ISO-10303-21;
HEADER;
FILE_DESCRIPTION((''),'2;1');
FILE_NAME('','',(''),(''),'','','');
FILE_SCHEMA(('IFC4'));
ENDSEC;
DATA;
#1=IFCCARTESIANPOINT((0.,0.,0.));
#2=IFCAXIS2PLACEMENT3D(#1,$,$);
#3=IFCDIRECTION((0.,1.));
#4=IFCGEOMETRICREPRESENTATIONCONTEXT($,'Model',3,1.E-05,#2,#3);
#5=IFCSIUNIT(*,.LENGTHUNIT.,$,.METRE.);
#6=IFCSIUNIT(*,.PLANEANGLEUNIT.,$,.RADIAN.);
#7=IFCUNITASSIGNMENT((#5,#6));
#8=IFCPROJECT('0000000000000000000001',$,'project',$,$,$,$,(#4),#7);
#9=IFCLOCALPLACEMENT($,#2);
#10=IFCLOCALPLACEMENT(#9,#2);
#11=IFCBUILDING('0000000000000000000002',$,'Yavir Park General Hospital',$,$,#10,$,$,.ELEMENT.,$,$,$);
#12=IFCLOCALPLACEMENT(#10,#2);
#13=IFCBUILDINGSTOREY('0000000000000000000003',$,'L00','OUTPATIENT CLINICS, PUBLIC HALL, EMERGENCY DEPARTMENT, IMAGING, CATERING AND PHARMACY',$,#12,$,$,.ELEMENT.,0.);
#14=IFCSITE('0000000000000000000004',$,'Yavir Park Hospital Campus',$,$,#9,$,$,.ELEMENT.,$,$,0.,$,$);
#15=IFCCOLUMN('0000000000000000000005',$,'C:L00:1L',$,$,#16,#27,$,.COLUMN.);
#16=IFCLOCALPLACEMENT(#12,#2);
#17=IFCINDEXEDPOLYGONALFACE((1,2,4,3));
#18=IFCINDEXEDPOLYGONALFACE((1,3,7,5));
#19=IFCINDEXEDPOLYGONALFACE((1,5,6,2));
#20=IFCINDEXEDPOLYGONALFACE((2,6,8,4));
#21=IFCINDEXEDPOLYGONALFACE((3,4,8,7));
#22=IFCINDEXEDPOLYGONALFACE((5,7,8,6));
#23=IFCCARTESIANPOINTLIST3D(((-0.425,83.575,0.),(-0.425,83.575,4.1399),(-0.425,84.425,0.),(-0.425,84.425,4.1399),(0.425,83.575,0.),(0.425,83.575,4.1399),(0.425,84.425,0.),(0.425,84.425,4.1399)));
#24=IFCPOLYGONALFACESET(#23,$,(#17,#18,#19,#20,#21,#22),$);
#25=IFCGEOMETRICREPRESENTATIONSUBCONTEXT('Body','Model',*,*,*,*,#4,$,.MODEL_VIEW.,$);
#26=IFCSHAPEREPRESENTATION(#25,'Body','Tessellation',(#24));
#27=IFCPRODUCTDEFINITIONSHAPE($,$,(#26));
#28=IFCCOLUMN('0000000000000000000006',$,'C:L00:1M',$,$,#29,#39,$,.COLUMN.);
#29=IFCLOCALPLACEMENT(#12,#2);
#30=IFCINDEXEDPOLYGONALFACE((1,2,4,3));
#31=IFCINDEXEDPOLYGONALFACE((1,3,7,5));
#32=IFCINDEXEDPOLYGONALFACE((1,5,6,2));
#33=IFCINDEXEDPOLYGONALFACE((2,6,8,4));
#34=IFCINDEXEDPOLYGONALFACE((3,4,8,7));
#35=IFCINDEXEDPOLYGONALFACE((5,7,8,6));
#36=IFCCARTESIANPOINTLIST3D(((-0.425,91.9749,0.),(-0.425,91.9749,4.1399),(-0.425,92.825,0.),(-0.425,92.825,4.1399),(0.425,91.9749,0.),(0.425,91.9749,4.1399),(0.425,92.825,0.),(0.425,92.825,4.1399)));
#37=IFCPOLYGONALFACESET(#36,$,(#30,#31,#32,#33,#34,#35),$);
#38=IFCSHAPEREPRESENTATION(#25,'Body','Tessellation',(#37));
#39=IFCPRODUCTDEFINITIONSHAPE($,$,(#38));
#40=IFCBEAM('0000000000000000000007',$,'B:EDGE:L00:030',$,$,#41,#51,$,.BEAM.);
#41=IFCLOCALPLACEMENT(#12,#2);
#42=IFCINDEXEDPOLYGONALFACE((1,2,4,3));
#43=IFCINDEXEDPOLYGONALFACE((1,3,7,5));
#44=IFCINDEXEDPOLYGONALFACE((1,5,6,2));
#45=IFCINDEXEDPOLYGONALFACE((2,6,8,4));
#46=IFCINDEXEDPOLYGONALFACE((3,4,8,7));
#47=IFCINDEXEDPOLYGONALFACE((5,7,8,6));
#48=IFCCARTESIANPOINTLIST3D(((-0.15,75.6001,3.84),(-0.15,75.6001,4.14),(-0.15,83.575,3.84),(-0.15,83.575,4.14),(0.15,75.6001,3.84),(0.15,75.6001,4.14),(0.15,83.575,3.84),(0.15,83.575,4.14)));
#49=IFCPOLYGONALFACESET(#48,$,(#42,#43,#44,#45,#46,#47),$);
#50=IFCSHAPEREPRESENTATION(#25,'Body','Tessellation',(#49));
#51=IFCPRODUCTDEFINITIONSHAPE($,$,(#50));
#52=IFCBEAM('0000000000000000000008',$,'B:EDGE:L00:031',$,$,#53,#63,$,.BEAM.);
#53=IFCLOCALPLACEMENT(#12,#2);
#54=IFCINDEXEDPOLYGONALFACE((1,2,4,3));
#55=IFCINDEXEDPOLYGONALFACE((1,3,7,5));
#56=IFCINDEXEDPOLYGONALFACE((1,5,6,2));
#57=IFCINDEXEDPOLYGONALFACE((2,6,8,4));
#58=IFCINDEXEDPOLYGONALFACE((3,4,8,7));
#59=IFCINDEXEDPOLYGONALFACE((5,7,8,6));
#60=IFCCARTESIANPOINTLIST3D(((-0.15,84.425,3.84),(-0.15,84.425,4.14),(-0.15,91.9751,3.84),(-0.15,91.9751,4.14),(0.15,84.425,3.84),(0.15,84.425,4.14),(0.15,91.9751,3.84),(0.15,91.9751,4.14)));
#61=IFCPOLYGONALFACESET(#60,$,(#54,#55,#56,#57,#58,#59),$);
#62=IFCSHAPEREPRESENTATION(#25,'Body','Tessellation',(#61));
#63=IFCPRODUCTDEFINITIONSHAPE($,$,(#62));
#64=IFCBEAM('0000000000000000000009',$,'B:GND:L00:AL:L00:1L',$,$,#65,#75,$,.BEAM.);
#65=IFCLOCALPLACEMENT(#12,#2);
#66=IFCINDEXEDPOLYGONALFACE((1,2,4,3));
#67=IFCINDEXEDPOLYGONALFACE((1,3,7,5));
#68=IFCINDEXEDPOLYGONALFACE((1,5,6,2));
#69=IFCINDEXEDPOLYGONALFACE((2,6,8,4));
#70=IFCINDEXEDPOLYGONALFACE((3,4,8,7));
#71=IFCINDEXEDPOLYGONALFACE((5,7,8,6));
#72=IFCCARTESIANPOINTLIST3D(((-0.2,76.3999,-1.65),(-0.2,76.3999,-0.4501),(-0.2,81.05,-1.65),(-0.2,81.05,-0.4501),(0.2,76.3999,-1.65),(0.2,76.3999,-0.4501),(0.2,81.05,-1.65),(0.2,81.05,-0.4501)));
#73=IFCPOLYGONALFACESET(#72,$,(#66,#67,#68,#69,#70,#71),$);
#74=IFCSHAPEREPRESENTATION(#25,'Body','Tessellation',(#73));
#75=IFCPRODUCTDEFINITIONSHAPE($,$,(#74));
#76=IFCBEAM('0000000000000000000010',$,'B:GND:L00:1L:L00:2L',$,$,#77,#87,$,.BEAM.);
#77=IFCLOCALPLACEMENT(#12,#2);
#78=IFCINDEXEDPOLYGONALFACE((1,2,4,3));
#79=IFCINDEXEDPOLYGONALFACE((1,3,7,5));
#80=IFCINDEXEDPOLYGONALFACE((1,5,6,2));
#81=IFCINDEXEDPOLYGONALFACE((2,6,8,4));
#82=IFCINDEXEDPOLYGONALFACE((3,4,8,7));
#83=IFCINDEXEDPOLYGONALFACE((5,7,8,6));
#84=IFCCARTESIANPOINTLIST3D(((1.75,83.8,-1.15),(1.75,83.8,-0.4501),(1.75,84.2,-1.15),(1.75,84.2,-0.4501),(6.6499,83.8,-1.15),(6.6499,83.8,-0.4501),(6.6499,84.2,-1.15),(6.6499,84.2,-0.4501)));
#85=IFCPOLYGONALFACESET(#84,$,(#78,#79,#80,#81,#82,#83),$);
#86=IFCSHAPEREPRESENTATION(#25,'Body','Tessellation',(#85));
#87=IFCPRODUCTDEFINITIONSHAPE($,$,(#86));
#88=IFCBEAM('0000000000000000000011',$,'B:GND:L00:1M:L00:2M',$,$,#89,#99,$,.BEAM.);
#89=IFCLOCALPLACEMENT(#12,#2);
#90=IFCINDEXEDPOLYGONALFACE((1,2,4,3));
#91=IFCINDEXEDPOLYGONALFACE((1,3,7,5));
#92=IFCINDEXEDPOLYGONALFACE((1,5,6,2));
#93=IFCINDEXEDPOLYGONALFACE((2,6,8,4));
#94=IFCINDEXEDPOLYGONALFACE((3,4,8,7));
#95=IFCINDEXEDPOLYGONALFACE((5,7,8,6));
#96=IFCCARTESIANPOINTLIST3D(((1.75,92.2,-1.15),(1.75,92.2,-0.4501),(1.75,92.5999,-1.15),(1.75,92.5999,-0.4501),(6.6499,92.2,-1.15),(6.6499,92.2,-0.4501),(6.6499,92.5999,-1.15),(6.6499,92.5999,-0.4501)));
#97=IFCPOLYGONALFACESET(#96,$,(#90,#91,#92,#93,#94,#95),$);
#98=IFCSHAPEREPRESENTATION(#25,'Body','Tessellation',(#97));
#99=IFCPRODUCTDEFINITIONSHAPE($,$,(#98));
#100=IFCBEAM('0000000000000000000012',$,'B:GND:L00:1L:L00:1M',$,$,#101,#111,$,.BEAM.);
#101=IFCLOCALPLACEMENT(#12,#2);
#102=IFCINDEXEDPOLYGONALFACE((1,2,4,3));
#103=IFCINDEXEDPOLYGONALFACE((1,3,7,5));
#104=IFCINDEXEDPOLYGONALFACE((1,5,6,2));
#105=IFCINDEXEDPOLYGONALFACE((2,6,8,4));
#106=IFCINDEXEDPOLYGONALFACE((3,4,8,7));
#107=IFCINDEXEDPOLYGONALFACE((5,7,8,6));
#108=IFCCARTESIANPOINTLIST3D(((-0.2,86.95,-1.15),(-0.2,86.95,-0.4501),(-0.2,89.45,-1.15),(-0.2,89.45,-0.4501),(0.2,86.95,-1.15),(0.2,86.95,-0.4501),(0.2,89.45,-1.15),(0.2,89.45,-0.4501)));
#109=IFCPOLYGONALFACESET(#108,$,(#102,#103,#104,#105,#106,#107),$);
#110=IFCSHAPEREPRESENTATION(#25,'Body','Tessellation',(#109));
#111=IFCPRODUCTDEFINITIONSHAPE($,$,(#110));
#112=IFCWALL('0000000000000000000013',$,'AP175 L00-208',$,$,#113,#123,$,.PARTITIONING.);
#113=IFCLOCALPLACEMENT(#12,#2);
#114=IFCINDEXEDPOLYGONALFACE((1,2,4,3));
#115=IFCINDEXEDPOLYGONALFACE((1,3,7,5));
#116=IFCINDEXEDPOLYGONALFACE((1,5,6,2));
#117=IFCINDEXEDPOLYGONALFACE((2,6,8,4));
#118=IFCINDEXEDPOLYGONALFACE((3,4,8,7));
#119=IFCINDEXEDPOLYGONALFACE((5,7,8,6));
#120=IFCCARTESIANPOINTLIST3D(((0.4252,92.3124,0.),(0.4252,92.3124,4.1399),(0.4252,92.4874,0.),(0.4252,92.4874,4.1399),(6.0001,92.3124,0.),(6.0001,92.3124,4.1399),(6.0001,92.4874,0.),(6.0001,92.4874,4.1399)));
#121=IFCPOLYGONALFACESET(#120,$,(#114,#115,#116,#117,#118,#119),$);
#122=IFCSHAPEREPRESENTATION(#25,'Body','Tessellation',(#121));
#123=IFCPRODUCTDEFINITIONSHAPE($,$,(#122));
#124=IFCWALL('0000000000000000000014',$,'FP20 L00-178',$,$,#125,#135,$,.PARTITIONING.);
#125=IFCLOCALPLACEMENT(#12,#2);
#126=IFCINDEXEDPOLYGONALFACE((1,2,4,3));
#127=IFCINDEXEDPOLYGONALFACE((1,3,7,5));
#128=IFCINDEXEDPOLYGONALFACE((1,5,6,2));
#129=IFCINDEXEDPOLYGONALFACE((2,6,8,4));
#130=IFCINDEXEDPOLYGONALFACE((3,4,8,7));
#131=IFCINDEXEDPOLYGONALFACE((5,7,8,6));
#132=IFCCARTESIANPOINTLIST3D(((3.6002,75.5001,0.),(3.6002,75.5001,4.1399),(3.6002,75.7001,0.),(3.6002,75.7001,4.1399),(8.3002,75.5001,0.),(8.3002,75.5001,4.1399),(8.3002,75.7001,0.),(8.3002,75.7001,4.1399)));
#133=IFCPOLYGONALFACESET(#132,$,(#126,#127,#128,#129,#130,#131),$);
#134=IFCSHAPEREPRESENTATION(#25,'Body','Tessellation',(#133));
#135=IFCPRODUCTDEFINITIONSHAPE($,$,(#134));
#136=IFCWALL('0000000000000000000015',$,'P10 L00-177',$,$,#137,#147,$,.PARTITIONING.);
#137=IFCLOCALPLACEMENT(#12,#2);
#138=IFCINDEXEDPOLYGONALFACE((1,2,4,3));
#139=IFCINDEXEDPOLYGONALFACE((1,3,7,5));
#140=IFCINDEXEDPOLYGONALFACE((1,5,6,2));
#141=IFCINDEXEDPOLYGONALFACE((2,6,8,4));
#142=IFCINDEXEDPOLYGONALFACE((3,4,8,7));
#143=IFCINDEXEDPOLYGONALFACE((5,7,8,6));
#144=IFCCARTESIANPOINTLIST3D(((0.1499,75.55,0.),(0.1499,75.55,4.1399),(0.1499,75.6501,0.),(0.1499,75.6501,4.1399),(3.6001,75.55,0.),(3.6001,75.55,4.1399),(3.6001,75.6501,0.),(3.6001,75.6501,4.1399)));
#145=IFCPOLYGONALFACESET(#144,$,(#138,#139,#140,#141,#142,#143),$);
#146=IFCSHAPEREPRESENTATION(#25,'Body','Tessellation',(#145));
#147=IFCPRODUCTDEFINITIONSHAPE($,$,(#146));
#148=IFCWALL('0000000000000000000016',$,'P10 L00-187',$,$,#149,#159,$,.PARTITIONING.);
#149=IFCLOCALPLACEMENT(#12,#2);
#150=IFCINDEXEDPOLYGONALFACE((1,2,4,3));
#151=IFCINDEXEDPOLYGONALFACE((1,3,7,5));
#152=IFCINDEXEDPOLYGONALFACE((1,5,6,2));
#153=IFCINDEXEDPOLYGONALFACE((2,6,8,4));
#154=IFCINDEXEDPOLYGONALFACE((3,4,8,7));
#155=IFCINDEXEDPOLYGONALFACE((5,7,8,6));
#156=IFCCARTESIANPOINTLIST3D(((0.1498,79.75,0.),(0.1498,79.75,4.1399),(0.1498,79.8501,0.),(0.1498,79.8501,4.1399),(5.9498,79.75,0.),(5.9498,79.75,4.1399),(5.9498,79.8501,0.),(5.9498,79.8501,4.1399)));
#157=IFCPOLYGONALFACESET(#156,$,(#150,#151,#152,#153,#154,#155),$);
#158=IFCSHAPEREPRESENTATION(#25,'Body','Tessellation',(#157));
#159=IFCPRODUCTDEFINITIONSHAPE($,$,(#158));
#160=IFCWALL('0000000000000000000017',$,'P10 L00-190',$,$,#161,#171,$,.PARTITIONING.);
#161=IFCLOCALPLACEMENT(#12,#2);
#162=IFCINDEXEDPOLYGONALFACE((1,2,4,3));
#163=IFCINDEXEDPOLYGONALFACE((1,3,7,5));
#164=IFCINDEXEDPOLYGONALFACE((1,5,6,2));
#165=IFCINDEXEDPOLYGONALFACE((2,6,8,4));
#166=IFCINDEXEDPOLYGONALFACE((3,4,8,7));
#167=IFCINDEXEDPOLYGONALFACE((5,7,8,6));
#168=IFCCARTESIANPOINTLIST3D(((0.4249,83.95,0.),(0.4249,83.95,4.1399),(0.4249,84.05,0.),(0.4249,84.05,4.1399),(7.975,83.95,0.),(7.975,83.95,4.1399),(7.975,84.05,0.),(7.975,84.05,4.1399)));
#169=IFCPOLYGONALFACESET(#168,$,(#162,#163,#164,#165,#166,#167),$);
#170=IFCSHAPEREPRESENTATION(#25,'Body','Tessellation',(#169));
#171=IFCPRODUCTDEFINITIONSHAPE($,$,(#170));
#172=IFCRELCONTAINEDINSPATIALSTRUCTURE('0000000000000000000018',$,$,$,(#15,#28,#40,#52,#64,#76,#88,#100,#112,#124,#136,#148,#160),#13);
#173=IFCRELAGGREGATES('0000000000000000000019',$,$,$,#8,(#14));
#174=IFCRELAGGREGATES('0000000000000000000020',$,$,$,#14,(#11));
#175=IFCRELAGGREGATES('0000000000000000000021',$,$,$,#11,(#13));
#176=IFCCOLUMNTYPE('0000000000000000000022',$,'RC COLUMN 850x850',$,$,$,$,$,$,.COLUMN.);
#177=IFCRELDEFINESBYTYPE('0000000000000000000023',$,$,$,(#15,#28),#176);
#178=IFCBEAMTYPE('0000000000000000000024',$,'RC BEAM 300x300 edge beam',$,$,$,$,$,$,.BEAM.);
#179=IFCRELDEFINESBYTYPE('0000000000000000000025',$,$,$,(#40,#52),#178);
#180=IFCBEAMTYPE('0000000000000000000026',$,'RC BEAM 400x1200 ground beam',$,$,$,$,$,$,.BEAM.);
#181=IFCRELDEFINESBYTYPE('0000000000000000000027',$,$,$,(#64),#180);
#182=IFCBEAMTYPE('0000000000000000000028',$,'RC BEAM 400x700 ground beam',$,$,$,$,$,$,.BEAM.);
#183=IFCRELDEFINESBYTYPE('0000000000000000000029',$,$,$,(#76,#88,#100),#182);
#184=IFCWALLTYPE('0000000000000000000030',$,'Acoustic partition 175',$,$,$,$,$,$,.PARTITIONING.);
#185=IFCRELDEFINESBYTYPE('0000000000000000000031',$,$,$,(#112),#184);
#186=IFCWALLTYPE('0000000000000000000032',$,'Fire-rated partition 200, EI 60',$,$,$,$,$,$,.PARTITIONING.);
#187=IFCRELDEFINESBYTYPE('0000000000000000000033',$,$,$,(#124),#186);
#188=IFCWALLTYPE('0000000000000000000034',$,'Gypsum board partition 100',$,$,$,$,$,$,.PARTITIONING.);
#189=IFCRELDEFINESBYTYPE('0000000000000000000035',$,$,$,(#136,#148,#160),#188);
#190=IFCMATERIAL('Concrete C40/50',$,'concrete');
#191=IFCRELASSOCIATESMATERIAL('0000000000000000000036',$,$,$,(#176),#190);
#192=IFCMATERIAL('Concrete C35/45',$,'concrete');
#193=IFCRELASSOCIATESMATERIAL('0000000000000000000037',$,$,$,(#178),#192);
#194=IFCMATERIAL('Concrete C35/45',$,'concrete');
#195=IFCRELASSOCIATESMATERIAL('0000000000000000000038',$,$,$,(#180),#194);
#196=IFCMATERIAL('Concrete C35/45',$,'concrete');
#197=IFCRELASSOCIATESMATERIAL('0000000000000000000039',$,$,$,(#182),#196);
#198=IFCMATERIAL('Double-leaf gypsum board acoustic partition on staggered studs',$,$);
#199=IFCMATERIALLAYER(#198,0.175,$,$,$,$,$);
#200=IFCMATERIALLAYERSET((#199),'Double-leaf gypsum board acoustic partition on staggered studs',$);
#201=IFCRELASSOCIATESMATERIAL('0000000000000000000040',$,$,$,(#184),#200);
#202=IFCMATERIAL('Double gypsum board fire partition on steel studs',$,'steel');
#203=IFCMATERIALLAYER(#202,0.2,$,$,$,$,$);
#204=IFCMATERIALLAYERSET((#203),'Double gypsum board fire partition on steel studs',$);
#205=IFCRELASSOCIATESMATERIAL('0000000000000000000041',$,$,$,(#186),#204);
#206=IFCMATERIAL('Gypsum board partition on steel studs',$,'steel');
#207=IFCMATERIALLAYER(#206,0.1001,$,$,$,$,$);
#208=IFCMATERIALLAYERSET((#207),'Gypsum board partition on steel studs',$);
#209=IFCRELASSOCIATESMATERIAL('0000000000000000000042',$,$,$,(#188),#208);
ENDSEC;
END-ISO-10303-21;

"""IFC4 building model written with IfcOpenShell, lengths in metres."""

from ifc_helpers import new_model, si_unit, direction, frame, frame_2d, origin, origin_2d, place, context, subcontext, project, spatial, rectangle, extrude, material, layer, layer_set, material_profile, profile_set, type_object, element, save


model = new_model("IFC4")

# Units and contexts
model_context = context("Model", 3, precision=1e-05, world=origin(), true_north=direction((0.0, 1.0)))
body_context = subcontext(model_context, "Body", "Model", "MODEL_VIEW")
ifc_project = project(units=[si_unit("LENGTHUNIT", "METRE"), si_unit("PLANEANGLEUNIT", "RADIAN")], contexts=[model_context])

# Site, building, storey
site_placement = place(None, origin())
site = spatial("IfcSite", under=ifc_project, at=site_placement, Name="Yavir Park Hospital Campus", CompositionType="ELEMENT", RefElevation=0.0)
building_placement = place(site_placement, origin())
building = spatial("IfcBuilding", under=site, at=building_placement, Name="Yavir Park General Hospital", CompositionType="ELEMENT")
storey_placement = place(building_placement, origin())
storey = spatial("IfcBuildingStorey", under=building, at=storey_placement, Name="L00", Description="OUTPATIENT CLINICS, PUBLIC HALL, EMERGENCY DEPARTMENT, IMAGING, CATERING AND PHARMACY", CompositionType="ELEMENT", Elevation=0.0)

# Columns
ifc_material_1 = material(Name="Concrete C40/50", Category="concrete")
ifc_material_profile_1 = material_profile(ifc_material_1, rectangle(XDim=0.8501, YDim=0.8501, at=origin_2d()), Name="RC850x850")
ifc_profile_set_1 = profile_set([ifc_material_profile_1], Name="Concrete C40/50")
column_type = type_object("IfcColumnType", Name="RC COLUMN 850x850", PredefinedType="COLUMN", material=ifc_profile_set_1)
for number, where, z_axis, x_axis, name in (
    (1, (0.0, 84.0, 0.0), (0.0, 0.0, 1.0), (1.0, 0.0, 0.0), "C:L00:1L"),
    (2, (0.0, 92.3999, 0.0), (0.0, 0.0, 1.0), (1.0, 0.0, 0.0), "C:L00:1M"),
):
    element("IfcColumn", number, at=place(storey_placement, frame(where, z_axis=z_axis, x_axis=x_axis)), inside=storey, type_object=column_type, Name=name, PredefinedType="COLUMN", context=body_context, shape_type="SweptSolid", body=[
        extrude(rectangle(XDim=0.8501, YDim=0.8501, at=origin_2d()), origin(), (0.0, 0.0, 1.0), 4.1399),
    ])

# Beams
ifc_material_2 = material(Name="Concrete C35/45", Category="concrete")
ifc_material_profile_2 = material_profile(ifc_material_2, rectangle(XDim=0.3, YDim=0.3, at=origin_2d()), Name="RC300x300")
ifc_profile_set_2 = profile_set([ifc_material_profile_2], Name="Concrete C35/45")
beam_type_1 = type_object("IfcBeamType", Name="RC BEAM 300x300 edge beam", PredefinedType="BEAM", material=ifc_profile_set_2)
beam_1_placement = place(storey_placement, frame((0.0, 75.6001, 3.99), z_axis=(0.0, 1.0, 0.0), x_axis=(-1.0, 0.0, 0.0)))
element("IfcBeam", 3, at=beam_1_placement, inside=storey, type_object=beam_type_1, Name="B:EDGE:L00:030", PredefinedType="BEAM", context=body_context, shape_type="SweptSolid", body=[
    extrude(rectangle(XDim=0.3, YDim=0.3, at=origin_2d()), origin(), (0.0, 0.0, 1.0), 7.9749),
])
beam_2_placement = place(storey_placement, frame((0.0, 84.425, 3.99), z_axis=(0.0, 1.0, 0.0), x_axis=(-1.0, 0.0, 0.0)))
element("IfcBeam", 4, at=beam_2_placement, inside=storey, type_object=beam_type_1, Name="B:EDGE:L00:031", PredefinedType="BEAM", context=body_context, shape_type="SweptSolid", body=[
    extrude(rectangle(XDim=0.3, YDim=0.3, at=origin_2d()), origin(), (0.0, 0.0, 1.0), 7.55),
])
ifc_material_3 = material(Name="Concrete C35/45", Category="concrete")
ifc_material_profile_3 = material_profile(ifc_material_3, rectangle(XDim=0.3999, YDim=1.2, at=origin_2d()), Name="RC400x1200")
ifc_profile_set_3 = profile_set([ifc_material_profile_3], Name="Concrete C35/45")
beam_type_2 = type_object("IfcBeamType", Name="RC BEAM 400x1200 ground beam", PredefinedType="BEAM", material=ifc_profile_set_3)
beam_3_placement = place(storey_placement, frame((0.0, 76.3999, -1.05), z_axis=(0.0, 1.0, 0.0), x_axis=(-1.0, 0.0, 0.0)))
element("IfcBeam", 5, at=beam_3_placement, inside=storey, type_object=beam_type_2, Name="B:GND:L00:AL:L00:1L", PredefinedType="BEAM", context=body_context, shape_type="SweptSolid", body=[
    extrude(rectangle(XDim=0.3999, YDim=1.2, at=origin_2d()), origin(), (0.0, 0.0, 1.0), 4.6501),
])
ifc_material_4 = material(Name="Concrete C35/45", Category="concrete")
ifc_material_profile_4 = material_profile(ifc_material_4, rectangle(XDim=0.3999, YDim=0.7, at=origin_2d()), Name="RC400x700")
ifc_profile_set_4 = profile_set([ifc_material_profile_4], Name="Concrete C35/45")
beam_type_3 = type_object("IfcBeamType", Name="RC BEAM 400x700 ground beam", PredefinedType="BEAM", material=ifc_profile_set_4)
for number, where, z_axis, x_axis, name in (
    (6, (1.75, 84.0, -0.8), (1.0, 0.0, 0.0), (0.0, 1.0, 0.0), "B:GND:L00:1L:L00:2L"),
    (7, (1.75, 92.3999, -0.8), (1.0, 0.0, 0.0), (0.0, 1.0, 0.0), "B:GND:L00:1M:L00:2M"),
):
    element("IfcBeam", number, at=place(storey_placement, frame(where, z_axis=z_axis, x_axis=x_axis)), inside=storey, type_object=beam_type_3, Name=name, PredefinedType="BEAM", context=body_context, shape_type="SweptSolid", body=[
        extrude(rectangle(XDim=0.3999, YDim=0.7, at=origin_2d()), origin(), (0.0, 0.0, 1.0), 4.8999),
    ])
beam_4_placement = place(storey_placement, frame((0.0, 86.95, -0.8), z_axis=(0.0, 1.0, 0.0), x_axis=(-1.0, 0.0, 0.0)))
element("IfcBeam", 8, at=beam_4_placement, inside=storey, type_object=beam_type_3, Name="B:GND:L00:1L:L00:1M", PredefinedType="BEAM", context=body_context, shape_type="SweptSolid", body=[
    extrude(rectangle(XDim=0.3999, YDim=0.7, at=origin_2d()), origin(), (0.0, 0.0, 1.0), 2.5),
])

# Walls
ifc_material_5 = material(Name="Double-leaf gypsum board acoustic partition on staggered studs")
ifc_layer_1 = layer(ifc_material_5, 0.175)
ifc_layer_set_1 = layer_set([ifc_layer_1], Name="Double-leaf gypsum board acoustic partition on staggered studs")
wall_type_1 = type_object("IfcWallType", Name="Acoustic partition 175", PredefinedType="PARTITIONING", material=ifc_layer_set_1)
wall_1_placement = place(storey_placement, frame((0.425, 92.3999, 0.0), z_axis=(0.0, 0.0, 1.0), x_axis=(1.0, 0.0, 0.0)))
element("IfcWall", 9, at=wall_1_placement, inside=storey, type_object=wall_type_1, Name="AP175 L00-208", PredefinedType="PARTITIONING", context=body_context, shape_type="SweptSolid", body=[
    extrude(rectangle(XDim=5.575, YDim=0.175, at=frame_2d((2.7876, 0.0))), origin(), (0.0, 0.0, 1.0), 4.1399),
])
ifc_material_6 = material(Name="Double gypsum board fire partition on steel studs", Category="steel")
ifc_layer_2 = layer(ifc_material_6, 0.2)
ifc_layer_set_2 = layer_set([ifc_layer_2], Name="Double gypsum board fire partition on steel studs")
wall_type_2 = type_object("IfcWallType", Name="Fire-rated partition 200, EI 60", PredefinedType="PARTITIONING", material=ifc_layer_set_2)
wall_2_placement = place(storey_placement, frame((3.6001, 75.6001, 0.0), z_axis=(0.0, 0.0, 1.0), x_axis=(1.0, 0.0, 0.0)))
element("IfcWall", 10, at=wall_2_placement, inside=storey, type_object=wall_type_2, Name="FP20 L00-178", PredefinedType="PARTITIONING", context=body_context, shape_type="SweptSolid", body=[
    extrude(rectangle(XDim=4.7, YDim=0.2, at=frame_2d((2.3501, 0.0))), origin(), (0.0, 0.0, 1.0), 4.1399),
])
ifc_material_7 = material(Name="Gypsum board partition on steel studs", Category="steel")
ifc_layer_3 = layer(ifc_material_7, 0.1001)
ifc_layer_set_3 = layer_set([ifc_layer_3], Name="Gypsum board partition on steel studs")
wall_type_3 = type_object("IfcWallType", Name="Gypsum board partition 100", PredefinedType="PARTITIONING", material=ifc_layer_set_3)
wall_3_placement = place(storey_placement, frame((0.1499, 75.6001, 0.0), z_axis=(0.0, 0.0, 1.0), x_axis=(1.0, 0.0, 0.0)))
element("IfcWall", 11, at=wall_3_placement, inside=storey, type_object=wall_type_3, Name="P10 L00-177", PredefinedType="PARTITIONING", context=body_context, shape_type="SweptSolid", body=[
    extrude(rectangle(XDim=3.4502, YDim=0.1001, at=frame_2d((1.7251, 0.0))), origin(), (0.0, 0.0, 1.0), 4.1399),
])
wall_4_placement = place(storey_placement, frame((0.1499, 79.8, 0.0), z_axis=(0.0, 0.0, 1.0), x_axis=(1.0, 0.0, 0.0)))
element("IfcWall", 12, at=wall_4_placement, inside=storey, type_object=wall_type_3, Name="P10 L00-187", PredefinedType="PARTITIONING", context=body_context, shape_type="SweptSolid", body=[
    extrude(rectangle(XDim=5.8, YDim=0.1001, at=frame_2d((2.8999, 0.0))), origin(), (0.0, 0.0, 1.0), 4.1399),
])
wall_5_placement = place(storey_placement, frame((0.425, 84.0, 0.0), z_axis=(0.0, 0.0, 1.0), x_axis=(1.0, 0.0, 0.0)))
element("IfcWall", 13, at=wall_5_placement, inside=storey, type_object=wall_type_3, Name="P10 L00-190", PredefinedType="PARTITIONING", context=body_context, shape_type="SweptSolid", body=[
    extrude(rectangle(XDim=7.55, YDim=0.1001, at=frame_2d((3.7749, 0.0))), origin(), (0.0, 0.0, 1.0), 4.1399),
])

save(model, "model.ifc")
